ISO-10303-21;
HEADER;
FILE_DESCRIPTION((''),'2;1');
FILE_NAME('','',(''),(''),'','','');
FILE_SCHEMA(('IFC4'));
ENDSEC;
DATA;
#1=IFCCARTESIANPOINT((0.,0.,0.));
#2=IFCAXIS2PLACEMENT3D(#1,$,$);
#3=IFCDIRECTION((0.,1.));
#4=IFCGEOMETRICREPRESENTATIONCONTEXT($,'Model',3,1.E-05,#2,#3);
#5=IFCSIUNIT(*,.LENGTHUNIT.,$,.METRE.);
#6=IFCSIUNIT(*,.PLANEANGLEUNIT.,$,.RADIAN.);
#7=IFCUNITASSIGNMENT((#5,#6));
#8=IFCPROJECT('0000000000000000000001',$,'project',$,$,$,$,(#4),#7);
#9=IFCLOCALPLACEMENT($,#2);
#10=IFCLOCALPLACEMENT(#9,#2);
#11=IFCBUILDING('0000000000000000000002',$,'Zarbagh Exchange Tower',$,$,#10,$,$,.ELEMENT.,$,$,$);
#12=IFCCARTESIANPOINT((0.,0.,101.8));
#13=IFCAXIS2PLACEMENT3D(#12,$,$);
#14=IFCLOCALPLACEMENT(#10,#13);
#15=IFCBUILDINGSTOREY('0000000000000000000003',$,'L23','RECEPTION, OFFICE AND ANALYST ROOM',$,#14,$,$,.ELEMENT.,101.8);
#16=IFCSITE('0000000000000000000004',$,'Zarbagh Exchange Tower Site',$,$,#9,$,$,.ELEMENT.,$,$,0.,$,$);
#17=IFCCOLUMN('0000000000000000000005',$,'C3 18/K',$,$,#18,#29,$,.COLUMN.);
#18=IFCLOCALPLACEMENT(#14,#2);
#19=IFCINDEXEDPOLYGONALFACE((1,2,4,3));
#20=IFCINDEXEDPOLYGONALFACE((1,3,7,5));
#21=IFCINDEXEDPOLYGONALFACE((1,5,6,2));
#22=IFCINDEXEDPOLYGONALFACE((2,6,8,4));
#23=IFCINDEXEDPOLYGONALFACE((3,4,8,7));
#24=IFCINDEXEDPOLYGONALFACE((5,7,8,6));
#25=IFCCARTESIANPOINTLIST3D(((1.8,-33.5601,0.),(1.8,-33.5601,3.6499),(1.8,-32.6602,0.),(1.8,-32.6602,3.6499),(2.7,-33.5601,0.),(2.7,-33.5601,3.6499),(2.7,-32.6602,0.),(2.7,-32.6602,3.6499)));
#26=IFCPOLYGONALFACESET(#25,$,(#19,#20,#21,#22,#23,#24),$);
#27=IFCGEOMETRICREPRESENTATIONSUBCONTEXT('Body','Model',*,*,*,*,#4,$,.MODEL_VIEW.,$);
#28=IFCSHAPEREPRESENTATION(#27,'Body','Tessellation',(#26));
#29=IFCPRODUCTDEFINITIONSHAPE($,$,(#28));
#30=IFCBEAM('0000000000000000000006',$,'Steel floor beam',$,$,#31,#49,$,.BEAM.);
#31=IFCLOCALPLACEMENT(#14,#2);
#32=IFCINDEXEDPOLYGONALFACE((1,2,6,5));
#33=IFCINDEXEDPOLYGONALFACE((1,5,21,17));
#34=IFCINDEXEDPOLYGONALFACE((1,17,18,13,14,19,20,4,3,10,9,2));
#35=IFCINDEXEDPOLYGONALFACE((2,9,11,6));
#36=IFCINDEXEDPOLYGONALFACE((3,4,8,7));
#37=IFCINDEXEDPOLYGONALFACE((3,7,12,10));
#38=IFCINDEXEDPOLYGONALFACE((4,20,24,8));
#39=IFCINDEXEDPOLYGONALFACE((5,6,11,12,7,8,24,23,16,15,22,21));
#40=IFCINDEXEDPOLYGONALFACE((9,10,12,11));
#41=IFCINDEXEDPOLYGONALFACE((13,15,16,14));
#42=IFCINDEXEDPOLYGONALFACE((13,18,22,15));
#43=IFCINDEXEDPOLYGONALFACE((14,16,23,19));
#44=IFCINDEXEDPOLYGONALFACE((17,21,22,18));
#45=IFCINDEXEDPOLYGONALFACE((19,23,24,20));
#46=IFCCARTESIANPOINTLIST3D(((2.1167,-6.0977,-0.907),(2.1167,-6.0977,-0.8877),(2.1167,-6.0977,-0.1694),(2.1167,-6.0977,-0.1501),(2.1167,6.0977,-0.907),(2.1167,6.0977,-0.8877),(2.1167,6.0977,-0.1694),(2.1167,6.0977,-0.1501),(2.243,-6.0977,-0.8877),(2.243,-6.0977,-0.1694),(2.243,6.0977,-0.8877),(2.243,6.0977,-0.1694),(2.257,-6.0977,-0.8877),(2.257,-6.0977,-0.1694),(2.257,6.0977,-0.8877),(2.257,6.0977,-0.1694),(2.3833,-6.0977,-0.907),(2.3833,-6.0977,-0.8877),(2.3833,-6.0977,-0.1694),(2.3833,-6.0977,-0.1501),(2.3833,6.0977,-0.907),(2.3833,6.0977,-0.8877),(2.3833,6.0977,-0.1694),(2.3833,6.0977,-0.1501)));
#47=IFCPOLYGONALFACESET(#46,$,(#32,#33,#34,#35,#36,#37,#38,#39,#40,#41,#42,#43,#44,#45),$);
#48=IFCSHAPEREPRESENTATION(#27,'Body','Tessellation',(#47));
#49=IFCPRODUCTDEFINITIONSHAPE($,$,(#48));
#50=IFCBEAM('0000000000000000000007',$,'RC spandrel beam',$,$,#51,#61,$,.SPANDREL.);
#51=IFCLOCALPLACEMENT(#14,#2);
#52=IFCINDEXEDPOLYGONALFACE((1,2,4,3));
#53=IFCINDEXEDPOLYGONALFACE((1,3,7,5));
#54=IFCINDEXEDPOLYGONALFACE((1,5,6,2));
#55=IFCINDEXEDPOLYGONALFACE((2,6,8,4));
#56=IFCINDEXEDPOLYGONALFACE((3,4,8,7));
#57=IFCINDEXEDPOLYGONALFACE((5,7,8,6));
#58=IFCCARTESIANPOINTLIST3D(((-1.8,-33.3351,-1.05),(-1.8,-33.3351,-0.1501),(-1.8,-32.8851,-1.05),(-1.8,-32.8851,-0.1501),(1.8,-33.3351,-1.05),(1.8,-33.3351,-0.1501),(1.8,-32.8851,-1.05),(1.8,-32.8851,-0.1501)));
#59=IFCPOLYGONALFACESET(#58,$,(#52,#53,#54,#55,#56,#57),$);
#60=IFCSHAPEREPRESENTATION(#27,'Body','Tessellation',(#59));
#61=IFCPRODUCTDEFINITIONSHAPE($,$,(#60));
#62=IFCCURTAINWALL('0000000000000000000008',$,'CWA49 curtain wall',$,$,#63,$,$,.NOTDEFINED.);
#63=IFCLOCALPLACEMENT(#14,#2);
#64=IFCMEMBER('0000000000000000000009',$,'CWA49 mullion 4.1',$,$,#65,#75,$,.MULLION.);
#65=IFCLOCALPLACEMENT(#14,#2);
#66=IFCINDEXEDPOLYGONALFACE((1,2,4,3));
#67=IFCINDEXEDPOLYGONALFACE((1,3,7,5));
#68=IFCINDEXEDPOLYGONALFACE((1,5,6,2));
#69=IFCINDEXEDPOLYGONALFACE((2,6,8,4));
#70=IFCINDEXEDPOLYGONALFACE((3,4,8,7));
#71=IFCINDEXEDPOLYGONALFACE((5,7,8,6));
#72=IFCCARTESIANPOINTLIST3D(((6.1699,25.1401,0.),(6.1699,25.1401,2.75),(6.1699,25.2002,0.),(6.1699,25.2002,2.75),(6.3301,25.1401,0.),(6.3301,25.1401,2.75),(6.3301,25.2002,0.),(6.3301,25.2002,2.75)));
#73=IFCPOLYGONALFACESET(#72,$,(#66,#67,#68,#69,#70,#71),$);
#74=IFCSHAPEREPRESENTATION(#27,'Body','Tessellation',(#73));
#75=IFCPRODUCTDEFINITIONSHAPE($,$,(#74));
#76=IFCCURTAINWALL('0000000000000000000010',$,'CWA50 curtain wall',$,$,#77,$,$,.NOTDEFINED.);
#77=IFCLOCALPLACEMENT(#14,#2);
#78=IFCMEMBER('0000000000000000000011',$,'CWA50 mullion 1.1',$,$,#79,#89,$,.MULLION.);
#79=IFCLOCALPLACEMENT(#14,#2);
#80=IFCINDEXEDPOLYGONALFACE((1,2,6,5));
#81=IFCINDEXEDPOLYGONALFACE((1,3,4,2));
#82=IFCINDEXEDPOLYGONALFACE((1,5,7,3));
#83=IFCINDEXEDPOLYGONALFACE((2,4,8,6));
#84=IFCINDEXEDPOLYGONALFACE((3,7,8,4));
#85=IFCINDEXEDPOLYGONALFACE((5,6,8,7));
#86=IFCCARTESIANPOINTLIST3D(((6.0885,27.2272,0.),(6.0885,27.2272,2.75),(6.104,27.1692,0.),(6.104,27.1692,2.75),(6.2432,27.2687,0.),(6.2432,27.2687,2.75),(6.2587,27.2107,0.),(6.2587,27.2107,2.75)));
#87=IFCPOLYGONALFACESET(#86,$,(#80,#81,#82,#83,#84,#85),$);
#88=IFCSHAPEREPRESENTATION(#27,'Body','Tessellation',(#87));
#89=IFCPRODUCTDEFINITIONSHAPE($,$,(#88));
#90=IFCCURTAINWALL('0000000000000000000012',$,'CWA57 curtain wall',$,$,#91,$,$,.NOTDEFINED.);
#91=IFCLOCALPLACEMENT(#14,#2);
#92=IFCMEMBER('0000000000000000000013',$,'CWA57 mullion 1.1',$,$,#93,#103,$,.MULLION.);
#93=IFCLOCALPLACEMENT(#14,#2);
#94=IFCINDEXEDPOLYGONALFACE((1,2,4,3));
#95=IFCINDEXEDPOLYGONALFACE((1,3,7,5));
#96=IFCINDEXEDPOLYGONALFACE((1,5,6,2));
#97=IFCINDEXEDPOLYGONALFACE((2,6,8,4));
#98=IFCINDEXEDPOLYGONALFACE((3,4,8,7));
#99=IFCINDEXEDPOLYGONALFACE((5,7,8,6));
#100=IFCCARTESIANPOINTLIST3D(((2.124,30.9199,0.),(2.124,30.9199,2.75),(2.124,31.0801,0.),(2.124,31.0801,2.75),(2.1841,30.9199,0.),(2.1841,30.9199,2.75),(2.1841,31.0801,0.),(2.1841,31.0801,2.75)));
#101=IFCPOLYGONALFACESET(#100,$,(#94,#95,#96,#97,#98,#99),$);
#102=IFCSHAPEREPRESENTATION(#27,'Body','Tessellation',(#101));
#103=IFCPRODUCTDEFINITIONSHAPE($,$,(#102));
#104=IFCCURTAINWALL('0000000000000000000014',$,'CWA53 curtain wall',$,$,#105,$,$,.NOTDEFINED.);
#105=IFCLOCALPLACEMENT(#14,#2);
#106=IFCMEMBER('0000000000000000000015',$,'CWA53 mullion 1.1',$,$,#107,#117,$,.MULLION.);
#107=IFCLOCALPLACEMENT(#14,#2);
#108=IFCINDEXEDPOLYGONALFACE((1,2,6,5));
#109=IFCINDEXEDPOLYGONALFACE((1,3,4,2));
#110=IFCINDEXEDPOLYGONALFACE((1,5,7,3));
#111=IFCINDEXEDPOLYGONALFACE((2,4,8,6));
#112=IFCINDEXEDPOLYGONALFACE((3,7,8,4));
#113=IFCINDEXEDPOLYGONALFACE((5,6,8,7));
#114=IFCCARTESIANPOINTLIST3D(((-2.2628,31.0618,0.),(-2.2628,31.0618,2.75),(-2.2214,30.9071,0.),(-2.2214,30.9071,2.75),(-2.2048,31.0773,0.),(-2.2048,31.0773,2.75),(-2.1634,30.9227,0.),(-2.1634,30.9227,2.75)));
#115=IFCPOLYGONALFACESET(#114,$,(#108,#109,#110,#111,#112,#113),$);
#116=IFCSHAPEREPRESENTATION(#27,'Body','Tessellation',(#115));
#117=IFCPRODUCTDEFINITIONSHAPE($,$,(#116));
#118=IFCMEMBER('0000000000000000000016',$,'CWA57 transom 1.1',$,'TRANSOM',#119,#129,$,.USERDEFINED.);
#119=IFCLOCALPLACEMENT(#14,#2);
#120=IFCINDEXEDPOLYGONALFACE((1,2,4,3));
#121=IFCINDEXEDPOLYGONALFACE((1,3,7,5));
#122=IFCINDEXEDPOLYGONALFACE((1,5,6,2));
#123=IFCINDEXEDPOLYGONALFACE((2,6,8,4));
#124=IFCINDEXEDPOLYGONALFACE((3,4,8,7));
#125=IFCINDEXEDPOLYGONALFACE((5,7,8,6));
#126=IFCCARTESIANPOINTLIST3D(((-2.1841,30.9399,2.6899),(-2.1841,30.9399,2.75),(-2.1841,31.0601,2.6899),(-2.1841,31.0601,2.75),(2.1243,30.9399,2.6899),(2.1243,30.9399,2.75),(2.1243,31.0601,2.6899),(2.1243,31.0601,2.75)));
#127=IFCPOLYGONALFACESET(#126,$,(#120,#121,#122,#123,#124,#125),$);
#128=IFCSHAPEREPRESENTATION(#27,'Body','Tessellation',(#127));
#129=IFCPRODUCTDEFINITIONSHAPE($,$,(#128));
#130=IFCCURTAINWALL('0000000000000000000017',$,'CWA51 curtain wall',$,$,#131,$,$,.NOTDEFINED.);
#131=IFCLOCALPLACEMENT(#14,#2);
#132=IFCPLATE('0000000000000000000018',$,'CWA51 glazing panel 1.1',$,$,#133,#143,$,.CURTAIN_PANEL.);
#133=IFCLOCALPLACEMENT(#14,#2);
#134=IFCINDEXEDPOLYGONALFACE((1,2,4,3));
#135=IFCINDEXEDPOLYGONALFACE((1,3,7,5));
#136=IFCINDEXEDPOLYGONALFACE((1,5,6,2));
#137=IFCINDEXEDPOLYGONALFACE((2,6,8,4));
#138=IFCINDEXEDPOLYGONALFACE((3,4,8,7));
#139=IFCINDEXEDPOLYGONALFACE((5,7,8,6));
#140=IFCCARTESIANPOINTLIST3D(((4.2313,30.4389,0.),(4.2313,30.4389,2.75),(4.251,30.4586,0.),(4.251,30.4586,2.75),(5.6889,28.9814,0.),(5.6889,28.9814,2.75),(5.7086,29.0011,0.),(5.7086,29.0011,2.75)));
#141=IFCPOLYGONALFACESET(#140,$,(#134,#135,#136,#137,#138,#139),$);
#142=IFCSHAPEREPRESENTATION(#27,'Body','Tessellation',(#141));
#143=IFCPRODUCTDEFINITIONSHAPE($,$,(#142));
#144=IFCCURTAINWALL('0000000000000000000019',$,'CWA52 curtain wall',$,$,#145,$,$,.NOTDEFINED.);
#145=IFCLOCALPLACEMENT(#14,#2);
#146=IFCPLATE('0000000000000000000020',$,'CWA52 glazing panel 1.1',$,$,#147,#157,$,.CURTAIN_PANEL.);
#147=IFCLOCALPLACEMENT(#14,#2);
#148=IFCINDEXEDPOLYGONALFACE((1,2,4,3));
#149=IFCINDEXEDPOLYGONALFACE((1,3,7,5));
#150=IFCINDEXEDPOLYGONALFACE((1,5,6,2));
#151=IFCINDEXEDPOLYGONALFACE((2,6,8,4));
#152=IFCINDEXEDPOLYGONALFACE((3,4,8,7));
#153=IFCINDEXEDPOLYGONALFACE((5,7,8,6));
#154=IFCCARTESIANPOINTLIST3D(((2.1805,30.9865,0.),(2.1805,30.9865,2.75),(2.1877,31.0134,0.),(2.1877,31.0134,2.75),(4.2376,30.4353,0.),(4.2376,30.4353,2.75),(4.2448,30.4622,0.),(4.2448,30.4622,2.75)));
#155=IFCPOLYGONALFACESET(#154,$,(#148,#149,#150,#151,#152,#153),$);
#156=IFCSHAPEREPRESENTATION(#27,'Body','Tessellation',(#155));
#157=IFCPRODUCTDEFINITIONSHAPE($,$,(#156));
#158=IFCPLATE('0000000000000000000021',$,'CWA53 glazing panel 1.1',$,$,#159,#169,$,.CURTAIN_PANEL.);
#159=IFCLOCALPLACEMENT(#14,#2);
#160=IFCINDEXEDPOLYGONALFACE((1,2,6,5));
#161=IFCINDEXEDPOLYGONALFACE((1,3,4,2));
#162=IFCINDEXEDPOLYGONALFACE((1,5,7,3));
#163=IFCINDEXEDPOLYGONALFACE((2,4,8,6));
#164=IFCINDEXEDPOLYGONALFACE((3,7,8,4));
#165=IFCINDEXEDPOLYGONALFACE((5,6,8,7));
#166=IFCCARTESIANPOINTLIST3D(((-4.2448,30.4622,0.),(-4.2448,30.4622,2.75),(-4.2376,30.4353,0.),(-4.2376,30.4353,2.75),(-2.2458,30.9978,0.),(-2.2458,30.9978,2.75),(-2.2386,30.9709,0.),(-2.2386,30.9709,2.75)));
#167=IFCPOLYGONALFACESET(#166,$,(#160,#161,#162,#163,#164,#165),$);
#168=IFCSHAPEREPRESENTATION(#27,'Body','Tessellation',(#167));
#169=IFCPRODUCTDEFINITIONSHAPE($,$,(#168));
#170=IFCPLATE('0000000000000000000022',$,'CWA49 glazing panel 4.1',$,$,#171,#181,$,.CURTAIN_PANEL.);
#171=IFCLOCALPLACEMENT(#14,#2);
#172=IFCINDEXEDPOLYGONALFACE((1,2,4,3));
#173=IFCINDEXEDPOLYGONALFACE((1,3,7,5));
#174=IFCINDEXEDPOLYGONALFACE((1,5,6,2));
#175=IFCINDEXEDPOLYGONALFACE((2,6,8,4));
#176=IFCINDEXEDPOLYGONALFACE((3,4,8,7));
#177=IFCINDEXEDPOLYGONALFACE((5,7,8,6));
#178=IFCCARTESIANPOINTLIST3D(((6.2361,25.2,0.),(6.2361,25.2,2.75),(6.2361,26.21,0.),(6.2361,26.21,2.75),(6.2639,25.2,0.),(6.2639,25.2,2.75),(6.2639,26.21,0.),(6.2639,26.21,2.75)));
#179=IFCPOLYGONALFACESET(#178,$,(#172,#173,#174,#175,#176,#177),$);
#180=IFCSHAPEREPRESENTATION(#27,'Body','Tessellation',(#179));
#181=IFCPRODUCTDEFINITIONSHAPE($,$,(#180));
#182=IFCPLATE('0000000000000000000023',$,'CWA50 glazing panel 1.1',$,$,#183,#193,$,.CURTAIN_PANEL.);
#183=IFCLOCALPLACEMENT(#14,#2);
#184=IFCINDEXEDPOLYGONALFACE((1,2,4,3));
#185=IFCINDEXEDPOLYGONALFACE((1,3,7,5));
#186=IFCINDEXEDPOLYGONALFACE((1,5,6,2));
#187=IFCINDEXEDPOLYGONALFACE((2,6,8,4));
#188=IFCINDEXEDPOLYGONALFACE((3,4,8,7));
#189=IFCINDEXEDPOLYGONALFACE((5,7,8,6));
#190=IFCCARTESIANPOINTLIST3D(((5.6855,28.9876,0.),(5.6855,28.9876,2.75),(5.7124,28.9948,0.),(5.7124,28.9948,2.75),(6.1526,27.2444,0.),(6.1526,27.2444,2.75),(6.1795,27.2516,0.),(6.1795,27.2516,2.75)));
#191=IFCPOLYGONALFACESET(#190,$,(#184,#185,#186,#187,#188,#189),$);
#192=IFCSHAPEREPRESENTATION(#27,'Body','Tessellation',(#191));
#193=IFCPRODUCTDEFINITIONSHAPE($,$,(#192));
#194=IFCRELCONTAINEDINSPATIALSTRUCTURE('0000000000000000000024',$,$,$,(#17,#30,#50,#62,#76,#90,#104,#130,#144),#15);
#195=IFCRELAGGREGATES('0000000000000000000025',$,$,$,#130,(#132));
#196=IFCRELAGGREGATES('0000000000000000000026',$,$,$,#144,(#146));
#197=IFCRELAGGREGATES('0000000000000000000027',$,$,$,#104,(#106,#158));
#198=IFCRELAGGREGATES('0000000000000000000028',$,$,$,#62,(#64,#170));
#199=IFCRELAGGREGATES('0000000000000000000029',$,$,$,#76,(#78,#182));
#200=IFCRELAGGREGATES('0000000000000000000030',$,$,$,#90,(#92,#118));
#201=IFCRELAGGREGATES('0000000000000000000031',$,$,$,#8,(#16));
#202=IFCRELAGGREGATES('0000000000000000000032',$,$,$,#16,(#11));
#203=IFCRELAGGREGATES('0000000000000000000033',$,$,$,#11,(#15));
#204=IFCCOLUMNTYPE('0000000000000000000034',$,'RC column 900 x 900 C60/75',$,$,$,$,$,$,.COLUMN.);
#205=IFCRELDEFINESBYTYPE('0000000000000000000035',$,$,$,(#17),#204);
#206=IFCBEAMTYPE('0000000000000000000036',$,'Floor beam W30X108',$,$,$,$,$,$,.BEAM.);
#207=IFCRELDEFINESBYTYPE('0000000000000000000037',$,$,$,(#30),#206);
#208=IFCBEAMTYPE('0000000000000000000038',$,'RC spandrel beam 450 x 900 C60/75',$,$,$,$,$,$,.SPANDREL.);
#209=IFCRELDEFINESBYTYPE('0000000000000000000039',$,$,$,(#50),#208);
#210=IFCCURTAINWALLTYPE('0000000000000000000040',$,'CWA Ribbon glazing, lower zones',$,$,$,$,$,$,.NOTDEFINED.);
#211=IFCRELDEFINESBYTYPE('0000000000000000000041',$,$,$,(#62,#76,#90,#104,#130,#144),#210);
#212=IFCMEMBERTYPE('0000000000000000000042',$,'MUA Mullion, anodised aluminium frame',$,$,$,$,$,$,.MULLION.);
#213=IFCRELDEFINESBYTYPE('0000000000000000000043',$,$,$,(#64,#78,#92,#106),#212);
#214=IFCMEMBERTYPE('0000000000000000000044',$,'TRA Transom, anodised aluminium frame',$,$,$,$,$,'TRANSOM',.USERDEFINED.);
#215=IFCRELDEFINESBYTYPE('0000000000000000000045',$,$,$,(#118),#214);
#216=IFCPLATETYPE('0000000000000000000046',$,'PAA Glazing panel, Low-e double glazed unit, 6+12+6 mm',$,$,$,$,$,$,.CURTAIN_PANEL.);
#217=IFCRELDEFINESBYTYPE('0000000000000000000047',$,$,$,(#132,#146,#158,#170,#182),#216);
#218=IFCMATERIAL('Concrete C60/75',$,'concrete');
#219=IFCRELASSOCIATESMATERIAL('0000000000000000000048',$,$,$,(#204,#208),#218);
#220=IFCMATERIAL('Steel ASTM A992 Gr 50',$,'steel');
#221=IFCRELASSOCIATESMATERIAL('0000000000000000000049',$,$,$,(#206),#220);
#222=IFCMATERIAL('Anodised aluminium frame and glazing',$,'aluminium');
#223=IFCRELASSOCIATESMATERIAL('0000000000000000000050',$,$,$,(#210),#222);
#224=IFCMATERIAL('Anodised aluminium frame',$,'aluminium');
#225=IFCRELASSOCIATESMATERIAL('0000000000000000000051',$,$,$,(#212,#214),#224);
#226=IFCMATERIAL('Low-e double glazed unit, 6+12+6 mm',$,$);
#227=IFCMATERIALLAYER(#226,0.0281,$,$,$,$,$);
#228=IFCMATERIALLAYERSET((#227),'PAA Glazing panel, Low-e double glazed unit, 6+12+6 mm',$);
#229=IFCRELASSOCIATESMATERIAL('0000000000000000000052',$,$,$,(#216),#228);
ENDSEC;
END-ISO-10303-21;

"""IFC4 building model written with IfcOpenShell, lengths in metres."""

from ifc_helpers import new_model, si_unit, direction, frame, origin, origin_2d, place, context, subcontext, project, spatial, polyline, rectangle, i_section, outline, extrude, source, transform, mapped, material, layer, layer_set, material_profile, profile_set, type_object, element, aggregate, save


model = new_model("IFC4")

# Units and contexts
model_context = context("Model", 3, precision=1e-05, world=origin(), true_north=direction((0.0, 1.0)))
body_context = subcontext(model_context, "Body", "Model", "MODEL_VIEW")
ifc_project = project(units=[si_unit("LENGTHUNIT", "METRE"), si_unit("PLANEANGLEUNIT", "RADIAN")], contexts=[model_context])

# Site, building, storey
site_placement = place(None, origin())
site = spatial("IfcSite", under=ifc_project, at=site_placement, Name="Zarbagh Exchange Tower Site", CompositionType="ELEMENT", RefElevation=0.0)
building_placement = place(site_placement, origin())
building = spatial("IfcBuilding", under=site, at=building_placement, Name="Zarbagh Exchange Tower", CompositionType="ELEMENT")
storey_placement = place(building_placement, frame((0.0, 0.0, 101.8)))
storey = spatial("IfcBuildingStorey", under=building, at=storey_placement, Name="L23", Description="RECEPTION, OFFICE AND ANALYST ROOM", CompositionType="ELEMENT", Elevation=101.8)

# Column
ifc_material_1 = material(Name="Concrete C60/75", Category="concrete")
ifc_material_profile_1 = material_profile(ifc_material_1, rectangle(XDim=0.8999, YDim=0.8999, at=origin_2d()), Name="RC column 900 x 900 C60/75")
ifc_profile_set_1 = profile_set([ifc_material_profile_1], Name="Concrete C60/75")
column_type = type_object("IfcColumnType", Name="RC column 900 x 900 C60/75", PredefinedType="COLUMN", material=ifc_profile_set_1)
column_placement = place(storey_placement, frame((2.25, -33.1101, 0.0), z_axis=(0.0, 0.0, 1.0), x_axis=(1.0, 0.0, 0.0)))
element("IfcColumn", 1, at=column_placement, inside=storey, type_object=column_type, Name="C3 18/K", PredefinedType="COLUMN", context=body_context, shape_type="SweptSolid", body=[
    extrude(rectangle(XDim=0.8999, YDim=0.8999, at=origin_2d()), origin(), (0.0, 0.0, 1.0), 3.6499),
])

# Beams
ifc_material_2 = material(Name="Steel ASTM A992 Gr 50", Category="steel")
ifc_material_profile_2 = material_profile(ifc_material_2, i_section(OverallWidth=0.2666, OverallDepth=0.7568, WebThickness=0.0139, FlangeThickness=0.0193, at=origin_2d()), Name="W30X108")
ifc_profile_set_2 = profile_set([ifc_material_profile_2], Name="Steel ASTM A992 Gr 50")
beam_type_1 = type_object("IfcBeamType", Name="Floor beam W30X108", PredefinedType="BEAM", material=ifc_profile_set_2)
beam_1_placement = place(storey_placement, frame((2.25, -6.0977, -0.5286), z_axis=(0.0, 1.0, 0.0), x_axis=(-1.0, 0.0, 0.0)))
element("IfcBeam", 2, at=beam_1_placement, inside=storey, type_object=beam_type_1, Name="Steel floor beam", PredefinedType="BEAM", context=body_context, shape_type="SweptSolid", body=[
    extrude(i_section(OverallWidth=0.2666, OverallDepth=0.7568, WebThickness=0.0139, FlangeThickness=0.0193, at=origin_2d()), origin(), (0.0, 0.0, 1.0), 12.1953),
])
ifc_material_profile_3 = material_profile(ifc_material_1, rectangle(XDim=0.45, YDim=0.8999, at=origin_2d()), Name="RC spandrel beam 450 x 900 C60/75")
ifc_profile_set_3 = profile_set([ifc_material_profile_3], Name="Concrete C60/75")
beam_type_2 = type_object("IfcBeamType", Name="RC spandrel beam 450 x 900 C60/75", PredefinedType="SPANDREL", material=ifc_profile_set_3)
beam_2_placement = place(storey_placement, frame((1.8, -33.1101, -0.6001), z_axis=(-1.0, 0.0, 0.0), x_axis=(0.0, -1.0, 0.0)))
element("IfcBeam", 3, at=beam_2_placement, inside=storey, type_object=beam_type_2, Name="RC spandrel beam", PredefinedType="SPANDREL", context=body_context, shape_type="SweptSolid", body=[
    extrude(rectangle(XDim=0.45, YDim=0.8999, at=origin_2d()), origin(), (0.0, 0.0, 1.0), 3.6001),
])

# Curtain walls, members
ifc_material_3 = material(Name="Anodised aluminium frame and glazing", Category="aluminium")
curtain_wall_type = type_object("IfcCurtainWallType", Name="CWA Ribbon glazing, lower zones", PredefinedType="NOTDEFINED", material=ifc_material_3)
curtain_wall_1_placement = place(storey_placement, origin())
curtain_wall_1 = element("IfcCurtainWall", 4, at=curtain_wall_1_placement, inside=storey, type_object=curtain_wall_type, Name="CWA49 curtain wall", PredefinedType="NOTDEFINED")
ifc_material_4 = material(Name="Anodised aluminium frame", Category="aluminium")
member_type_1 = type_object("IfcMemberType", Name="MUA Mullion, anodised aluminium frame", PredefinedType="MULLION", material=ifc_material_4)
shared_shape_1 = source(origin(), body_context, "Body", "SweptSolid", [
    extrude(outline(polyline([(0.0, -0.0801), (0.0601, -0.0801), (0.0601, 0.0801), (0.0, 0.0801), (0.0, -0.0801)])), origin(), (0.0, 0.0, 1.0), 2.75),
])
placement = place(storey_placement, origin())
member_1 = element("IfcMember", 5, at=placement, type_object=member_type_1, Name="CWA49 mullion 4.1", PredefinedType="MULLION", context=body_context, shape_type="MappedRepresentation", body=[
    mapped(shared_shape_1, transform((6.25, 25.1401, 0.0), x_axis=(0.0, 1.0, 0.0), y_axis=(-1.0, 0.0, 0.0), z_axis=(0.0, 0.0, 1.0))),
])
curtain_wall_2_placement = place(storey_placement, origin())
curtain_wall_2 = element("IfcCurtainWall", 6, at=curtain_wall_2_placement, inside=storey, type_object=curtain_wall_type, Name="CWA50 curtain wall", PredefinedType="NOTDEFINED")
member_2 = element("IfcMember", 7, at=placement, type_object=member_type_1, Name="CWA50 mullion 1.1", PredefinedType="MULLION", context=body_context, shape_type="MappedRepresentation", body=[
    mapped(shared_shape_1, transform((6.1814, 27.1899, 0.0), x_axis=(-0.258825, 0.965924, 0.0), y_axis=(-0.965924, -0.258825, 0.0), z_axis=(0.0, 0.0, 1.0))),
])
curtain_wall_3_placement = place(storey_placement, origin())
curtain_wall_3 = element("IfcCurtainWall", 8, at=curtain_wall_3_placement, inside=storey, type_object=curtain_wall_type, Name="CWA57 curtain wall", PredefinedType="NOTDEFINED")
member_3 = element("IfcMember", 9, at=placement, type_object=member_type_1, Name="CWA57 mullion 1.1", PredefinedType="MULLION", context=body_context, shape_type="MappedRepresentation", body=[
    mapped(shared_shape_1, transform((2.1841, 31.0, 0.0), x_axis=(-1.0, 0.0, 0.0), y_axis=(0.0, -1.0, 0.0), z_axis=(0.0, 0.0, 1.0))),
])
curtain_wall_4_placement = place(storey_placement, origin())
curtain_wall_4 = element("IfcCurtainWall", 10, at=curtain_wall_4_placement, inside=storey, type_object=curtain_wall_type, Name="CWA53 curtain wall", PredefinedType="NOTDEFINED")
member_4 = element("IfcMember", 11, at=placement, type_object=member_type_1, Name="CWA53 mullion 1.1", PredefinedType="MULLION", context=body_context, shape_type="MappedRepresentation", body=[
    mapped(shared_shape_1, transform((-2.1841, 31.0, 0.0), x_axis=(-0.965924, -0.258825, 0.0), y_axis=(0.258825, -0.965924, 0.0), z_axis=(0.0, 0.0, 1.0))),
])

# Member
member_type_2 = type_object("IfcMemberType", Name="TRA Transom, anodised aluminium frame", ElementType="TRANSOM", PredefinedType="USERDEFINED", material=ifc_material_4)
shared_shape_2 = source(origin(), body_context, "Body", "SweptSolid", [
    extrude(outline(polyline([(-0.0601, -0.0601), (0.0, -0.0601), (0.0, 0.0601), (-0.0601, 0.0601), (-0.0601, -0.0601)])), origin(), (0.0, 0.0, 1.0), 4.3083),
])
member_5 = element("IfcMember", 12, at=placement, type_object=member_type_2, Name="CWA57 transom 1.1", ObjectType="TRANSOM", PredefinedType="USERDEFINED", context=body_context, shape_type="MappedRepresentation", body=[
    mapped(shared_shape_2, transform((2.1243, 31.0, 2.75), x_axis=(0.0, 0.0, 1.0), y_axis=(0.0, 1.0, 0.0), z_axis=(-1.0, 0.0, 0.0))),
])

# Curtain walls, plates
curtain_wall_5_placement = place(storey_placement, origin())
curtain_wall_5 = element("IfcCurtainWall", 13, at=curtain_wall_5_placement, inside=storey, type_object=curtain_wall_type, Name="CWA51 curtain wall", PredefinedType="NOTDEFINED")
ifc_material_5 = material(Name="Low-e double glazed unit, 6+12+6 mm")
ifc_layer_1 = layer(ifc_material_5, 0.0281)
ifc_layer_set_1 = layer_set([ifc_layer_1], Name="PAA Glazing panel, Low-e double glazed unit, 6+12+6 mm")
plate_type = type_object("IfcPlateType", Name="PAA Glazing panel, Low-e double glazed unit, 6+12+6 mm", PredefinedType="CURTAIN_PANEL", material=ifc_layer_set_1)
shared_shape_3 = source(origin(), body_context, "Body", "SweptSolid", [
    extrude(outline(polyline([(0.0, -0.0139), (2.0613, -0.0139), (2.0613, 0.0139), (0.0, 0.0139), (0.0, -0.0139)])), origin(), (0.0, 0.0, 1.0), 2.75),
])
plate_1 = element("IfcPlate", 14, at=placement, type_object=plate_type, Name="CWA51 glazing panel 1.1", PredefinedType="CURTAIN_PANEL", context=body_context, shape_type="MappedRepresentation", body=[
    mapped(shared_shape_3, transform((5.6987, 28.9912, 0.0), x_axis=(-0.707107, 0.707107, 0.0), y_axis=(-0.707107, -0.707107, 0.0), z_axis=(0.0, 0.0, 1.0))),
])
aggregate(curtain_wall_5, [plate_1])
curtain_wall_6_placement = place(storey_placement, origin())
curtain_wall_6 = element("IfcCurtainWall", 15, at=curtain_wall_6_placement, inside=storey, type_object=curtain_wall_type, Name="CWA52 curtain wall", PredefinedType="NOTDEFINED")
shared_shape_4 = source(origin(), body_context, "Body", "SweptSolid", [
    extrude(outline(polyline([(0.0, -0.0139), (2.1296, -0.0139), (2.1296, 0.0139), (0.0, 0.0139), (0.0, -0.0139)])), origin(), (0.0, 0.0, 1.0), 2.75),
])
plate_2 = element("IfcPlate", 16, at=placement, type_object=plate_type, Name="CWA52 glazing panel 1.1", PredefinedType="CURTAIN_PANEL", context=body_context, shape_type="MappedRepresentation", body=[
    mapped(shared_shape_4, transform((4.2412, 30.4487, 0.0), x_axis=(-0.965924, 0.258825, 0.0), y_axis=(-0.258825, -0.965924, 0.0), z_axis=(0.0, 0.0, 1.0))),
])
aggregate(curtain_wall_6, [plate_2])

# Plates
shared_shape_5 = source(origin(), body_context, "Body", "SweptSolid", [
    extrude(outline(polyline([(0.0, -0.0139), (2.0696, -0.0139), (2.0696, 0.0139), (0.0, 0.0139), (0.0, -0.0139)])), origin(), (0.0, 0.0, 1.0), 2.75),
])
plate_3 = element("IfcPlate", 17, at=placement, type_object=plate_type, Name="CWA53 glazing panel 1.1", PredefinedType="CURTAIN_PANEL", context=body_context, shape_type="MappedRepresentation", body=[
    mapped(shared_shape_5, transform((-2.2422, 30.9844, 0.0), x_axis=(-0.965924, -0.258825, 0.0), y_axis=(0.258825, -0.965924, 0.0), z_axis=(0.0, 0.0, 1.0))),
])
aggregate(curtain_wall_4, [member_4, plate_3])
shared_shape_6 = source(origin(), body_context, "Body", "SweptSolid", [
    extrude(outline(polyline([(0.0, -0.0139), (1.01, -0.0139), (1.01, 0.0139), (0.0, 0.0139), (0.0, -0.0139)])), origin(), (0.0, 0.0, 1.0), 2.75),
])
plate_4 = element("IfcPlate", 18, at=placement, type_object=plate_type, Name="CWA49 glazing panel 4.1", PredefinedType="CURTAIN_PANEL", context=body_context, shape_type="MappedRepresentation", body=[
    mapped(shared_shape_6, transform((6.25, 25.2, 0.0), x_axis=(0.0, 1.0, 0.0), y_axis=(-1.0, 0.0, 0.0), z_axis=(0.0, 0.0, 1.0))),
])
aggregate(curtain_wall_1, [member_1, plate_4])
shared_shape_7 = source(origin(), body_context, "Body", "SweptSolid", [
    extrude(outline(polyline([(0.0, -0.0139), (1.8047, -0.0139), (1.8047, 0.0139), (0.0, 0.0139), (0.0, -0.0139)])), origin(), (0.0, 0.0, 1.0), 2.75),
])
plate_5 = element("IfcPlate", 19, at=placement, type_object=plate_type, Name="CWA50 glazing panel 1.1", PredefinedType="CURTAIN_PANEL", context=body_context, shape_type="MappedRepresentation", body=[
    mapped(shared_shape_7, transform((6.166, 27.248, 0.0), x_axis=(-0.258825, 0.965924, 0.0), y_axis=(-0.965924, -0.258825, 0.0), z_axis=(0.0, 0.0, 1.0))),
])
aggregate(curtain_wall_2, [member_2, plate_5])
aggregate(curtain_wall_3, [member_3, member_5])

save(model, "model.ifc")
